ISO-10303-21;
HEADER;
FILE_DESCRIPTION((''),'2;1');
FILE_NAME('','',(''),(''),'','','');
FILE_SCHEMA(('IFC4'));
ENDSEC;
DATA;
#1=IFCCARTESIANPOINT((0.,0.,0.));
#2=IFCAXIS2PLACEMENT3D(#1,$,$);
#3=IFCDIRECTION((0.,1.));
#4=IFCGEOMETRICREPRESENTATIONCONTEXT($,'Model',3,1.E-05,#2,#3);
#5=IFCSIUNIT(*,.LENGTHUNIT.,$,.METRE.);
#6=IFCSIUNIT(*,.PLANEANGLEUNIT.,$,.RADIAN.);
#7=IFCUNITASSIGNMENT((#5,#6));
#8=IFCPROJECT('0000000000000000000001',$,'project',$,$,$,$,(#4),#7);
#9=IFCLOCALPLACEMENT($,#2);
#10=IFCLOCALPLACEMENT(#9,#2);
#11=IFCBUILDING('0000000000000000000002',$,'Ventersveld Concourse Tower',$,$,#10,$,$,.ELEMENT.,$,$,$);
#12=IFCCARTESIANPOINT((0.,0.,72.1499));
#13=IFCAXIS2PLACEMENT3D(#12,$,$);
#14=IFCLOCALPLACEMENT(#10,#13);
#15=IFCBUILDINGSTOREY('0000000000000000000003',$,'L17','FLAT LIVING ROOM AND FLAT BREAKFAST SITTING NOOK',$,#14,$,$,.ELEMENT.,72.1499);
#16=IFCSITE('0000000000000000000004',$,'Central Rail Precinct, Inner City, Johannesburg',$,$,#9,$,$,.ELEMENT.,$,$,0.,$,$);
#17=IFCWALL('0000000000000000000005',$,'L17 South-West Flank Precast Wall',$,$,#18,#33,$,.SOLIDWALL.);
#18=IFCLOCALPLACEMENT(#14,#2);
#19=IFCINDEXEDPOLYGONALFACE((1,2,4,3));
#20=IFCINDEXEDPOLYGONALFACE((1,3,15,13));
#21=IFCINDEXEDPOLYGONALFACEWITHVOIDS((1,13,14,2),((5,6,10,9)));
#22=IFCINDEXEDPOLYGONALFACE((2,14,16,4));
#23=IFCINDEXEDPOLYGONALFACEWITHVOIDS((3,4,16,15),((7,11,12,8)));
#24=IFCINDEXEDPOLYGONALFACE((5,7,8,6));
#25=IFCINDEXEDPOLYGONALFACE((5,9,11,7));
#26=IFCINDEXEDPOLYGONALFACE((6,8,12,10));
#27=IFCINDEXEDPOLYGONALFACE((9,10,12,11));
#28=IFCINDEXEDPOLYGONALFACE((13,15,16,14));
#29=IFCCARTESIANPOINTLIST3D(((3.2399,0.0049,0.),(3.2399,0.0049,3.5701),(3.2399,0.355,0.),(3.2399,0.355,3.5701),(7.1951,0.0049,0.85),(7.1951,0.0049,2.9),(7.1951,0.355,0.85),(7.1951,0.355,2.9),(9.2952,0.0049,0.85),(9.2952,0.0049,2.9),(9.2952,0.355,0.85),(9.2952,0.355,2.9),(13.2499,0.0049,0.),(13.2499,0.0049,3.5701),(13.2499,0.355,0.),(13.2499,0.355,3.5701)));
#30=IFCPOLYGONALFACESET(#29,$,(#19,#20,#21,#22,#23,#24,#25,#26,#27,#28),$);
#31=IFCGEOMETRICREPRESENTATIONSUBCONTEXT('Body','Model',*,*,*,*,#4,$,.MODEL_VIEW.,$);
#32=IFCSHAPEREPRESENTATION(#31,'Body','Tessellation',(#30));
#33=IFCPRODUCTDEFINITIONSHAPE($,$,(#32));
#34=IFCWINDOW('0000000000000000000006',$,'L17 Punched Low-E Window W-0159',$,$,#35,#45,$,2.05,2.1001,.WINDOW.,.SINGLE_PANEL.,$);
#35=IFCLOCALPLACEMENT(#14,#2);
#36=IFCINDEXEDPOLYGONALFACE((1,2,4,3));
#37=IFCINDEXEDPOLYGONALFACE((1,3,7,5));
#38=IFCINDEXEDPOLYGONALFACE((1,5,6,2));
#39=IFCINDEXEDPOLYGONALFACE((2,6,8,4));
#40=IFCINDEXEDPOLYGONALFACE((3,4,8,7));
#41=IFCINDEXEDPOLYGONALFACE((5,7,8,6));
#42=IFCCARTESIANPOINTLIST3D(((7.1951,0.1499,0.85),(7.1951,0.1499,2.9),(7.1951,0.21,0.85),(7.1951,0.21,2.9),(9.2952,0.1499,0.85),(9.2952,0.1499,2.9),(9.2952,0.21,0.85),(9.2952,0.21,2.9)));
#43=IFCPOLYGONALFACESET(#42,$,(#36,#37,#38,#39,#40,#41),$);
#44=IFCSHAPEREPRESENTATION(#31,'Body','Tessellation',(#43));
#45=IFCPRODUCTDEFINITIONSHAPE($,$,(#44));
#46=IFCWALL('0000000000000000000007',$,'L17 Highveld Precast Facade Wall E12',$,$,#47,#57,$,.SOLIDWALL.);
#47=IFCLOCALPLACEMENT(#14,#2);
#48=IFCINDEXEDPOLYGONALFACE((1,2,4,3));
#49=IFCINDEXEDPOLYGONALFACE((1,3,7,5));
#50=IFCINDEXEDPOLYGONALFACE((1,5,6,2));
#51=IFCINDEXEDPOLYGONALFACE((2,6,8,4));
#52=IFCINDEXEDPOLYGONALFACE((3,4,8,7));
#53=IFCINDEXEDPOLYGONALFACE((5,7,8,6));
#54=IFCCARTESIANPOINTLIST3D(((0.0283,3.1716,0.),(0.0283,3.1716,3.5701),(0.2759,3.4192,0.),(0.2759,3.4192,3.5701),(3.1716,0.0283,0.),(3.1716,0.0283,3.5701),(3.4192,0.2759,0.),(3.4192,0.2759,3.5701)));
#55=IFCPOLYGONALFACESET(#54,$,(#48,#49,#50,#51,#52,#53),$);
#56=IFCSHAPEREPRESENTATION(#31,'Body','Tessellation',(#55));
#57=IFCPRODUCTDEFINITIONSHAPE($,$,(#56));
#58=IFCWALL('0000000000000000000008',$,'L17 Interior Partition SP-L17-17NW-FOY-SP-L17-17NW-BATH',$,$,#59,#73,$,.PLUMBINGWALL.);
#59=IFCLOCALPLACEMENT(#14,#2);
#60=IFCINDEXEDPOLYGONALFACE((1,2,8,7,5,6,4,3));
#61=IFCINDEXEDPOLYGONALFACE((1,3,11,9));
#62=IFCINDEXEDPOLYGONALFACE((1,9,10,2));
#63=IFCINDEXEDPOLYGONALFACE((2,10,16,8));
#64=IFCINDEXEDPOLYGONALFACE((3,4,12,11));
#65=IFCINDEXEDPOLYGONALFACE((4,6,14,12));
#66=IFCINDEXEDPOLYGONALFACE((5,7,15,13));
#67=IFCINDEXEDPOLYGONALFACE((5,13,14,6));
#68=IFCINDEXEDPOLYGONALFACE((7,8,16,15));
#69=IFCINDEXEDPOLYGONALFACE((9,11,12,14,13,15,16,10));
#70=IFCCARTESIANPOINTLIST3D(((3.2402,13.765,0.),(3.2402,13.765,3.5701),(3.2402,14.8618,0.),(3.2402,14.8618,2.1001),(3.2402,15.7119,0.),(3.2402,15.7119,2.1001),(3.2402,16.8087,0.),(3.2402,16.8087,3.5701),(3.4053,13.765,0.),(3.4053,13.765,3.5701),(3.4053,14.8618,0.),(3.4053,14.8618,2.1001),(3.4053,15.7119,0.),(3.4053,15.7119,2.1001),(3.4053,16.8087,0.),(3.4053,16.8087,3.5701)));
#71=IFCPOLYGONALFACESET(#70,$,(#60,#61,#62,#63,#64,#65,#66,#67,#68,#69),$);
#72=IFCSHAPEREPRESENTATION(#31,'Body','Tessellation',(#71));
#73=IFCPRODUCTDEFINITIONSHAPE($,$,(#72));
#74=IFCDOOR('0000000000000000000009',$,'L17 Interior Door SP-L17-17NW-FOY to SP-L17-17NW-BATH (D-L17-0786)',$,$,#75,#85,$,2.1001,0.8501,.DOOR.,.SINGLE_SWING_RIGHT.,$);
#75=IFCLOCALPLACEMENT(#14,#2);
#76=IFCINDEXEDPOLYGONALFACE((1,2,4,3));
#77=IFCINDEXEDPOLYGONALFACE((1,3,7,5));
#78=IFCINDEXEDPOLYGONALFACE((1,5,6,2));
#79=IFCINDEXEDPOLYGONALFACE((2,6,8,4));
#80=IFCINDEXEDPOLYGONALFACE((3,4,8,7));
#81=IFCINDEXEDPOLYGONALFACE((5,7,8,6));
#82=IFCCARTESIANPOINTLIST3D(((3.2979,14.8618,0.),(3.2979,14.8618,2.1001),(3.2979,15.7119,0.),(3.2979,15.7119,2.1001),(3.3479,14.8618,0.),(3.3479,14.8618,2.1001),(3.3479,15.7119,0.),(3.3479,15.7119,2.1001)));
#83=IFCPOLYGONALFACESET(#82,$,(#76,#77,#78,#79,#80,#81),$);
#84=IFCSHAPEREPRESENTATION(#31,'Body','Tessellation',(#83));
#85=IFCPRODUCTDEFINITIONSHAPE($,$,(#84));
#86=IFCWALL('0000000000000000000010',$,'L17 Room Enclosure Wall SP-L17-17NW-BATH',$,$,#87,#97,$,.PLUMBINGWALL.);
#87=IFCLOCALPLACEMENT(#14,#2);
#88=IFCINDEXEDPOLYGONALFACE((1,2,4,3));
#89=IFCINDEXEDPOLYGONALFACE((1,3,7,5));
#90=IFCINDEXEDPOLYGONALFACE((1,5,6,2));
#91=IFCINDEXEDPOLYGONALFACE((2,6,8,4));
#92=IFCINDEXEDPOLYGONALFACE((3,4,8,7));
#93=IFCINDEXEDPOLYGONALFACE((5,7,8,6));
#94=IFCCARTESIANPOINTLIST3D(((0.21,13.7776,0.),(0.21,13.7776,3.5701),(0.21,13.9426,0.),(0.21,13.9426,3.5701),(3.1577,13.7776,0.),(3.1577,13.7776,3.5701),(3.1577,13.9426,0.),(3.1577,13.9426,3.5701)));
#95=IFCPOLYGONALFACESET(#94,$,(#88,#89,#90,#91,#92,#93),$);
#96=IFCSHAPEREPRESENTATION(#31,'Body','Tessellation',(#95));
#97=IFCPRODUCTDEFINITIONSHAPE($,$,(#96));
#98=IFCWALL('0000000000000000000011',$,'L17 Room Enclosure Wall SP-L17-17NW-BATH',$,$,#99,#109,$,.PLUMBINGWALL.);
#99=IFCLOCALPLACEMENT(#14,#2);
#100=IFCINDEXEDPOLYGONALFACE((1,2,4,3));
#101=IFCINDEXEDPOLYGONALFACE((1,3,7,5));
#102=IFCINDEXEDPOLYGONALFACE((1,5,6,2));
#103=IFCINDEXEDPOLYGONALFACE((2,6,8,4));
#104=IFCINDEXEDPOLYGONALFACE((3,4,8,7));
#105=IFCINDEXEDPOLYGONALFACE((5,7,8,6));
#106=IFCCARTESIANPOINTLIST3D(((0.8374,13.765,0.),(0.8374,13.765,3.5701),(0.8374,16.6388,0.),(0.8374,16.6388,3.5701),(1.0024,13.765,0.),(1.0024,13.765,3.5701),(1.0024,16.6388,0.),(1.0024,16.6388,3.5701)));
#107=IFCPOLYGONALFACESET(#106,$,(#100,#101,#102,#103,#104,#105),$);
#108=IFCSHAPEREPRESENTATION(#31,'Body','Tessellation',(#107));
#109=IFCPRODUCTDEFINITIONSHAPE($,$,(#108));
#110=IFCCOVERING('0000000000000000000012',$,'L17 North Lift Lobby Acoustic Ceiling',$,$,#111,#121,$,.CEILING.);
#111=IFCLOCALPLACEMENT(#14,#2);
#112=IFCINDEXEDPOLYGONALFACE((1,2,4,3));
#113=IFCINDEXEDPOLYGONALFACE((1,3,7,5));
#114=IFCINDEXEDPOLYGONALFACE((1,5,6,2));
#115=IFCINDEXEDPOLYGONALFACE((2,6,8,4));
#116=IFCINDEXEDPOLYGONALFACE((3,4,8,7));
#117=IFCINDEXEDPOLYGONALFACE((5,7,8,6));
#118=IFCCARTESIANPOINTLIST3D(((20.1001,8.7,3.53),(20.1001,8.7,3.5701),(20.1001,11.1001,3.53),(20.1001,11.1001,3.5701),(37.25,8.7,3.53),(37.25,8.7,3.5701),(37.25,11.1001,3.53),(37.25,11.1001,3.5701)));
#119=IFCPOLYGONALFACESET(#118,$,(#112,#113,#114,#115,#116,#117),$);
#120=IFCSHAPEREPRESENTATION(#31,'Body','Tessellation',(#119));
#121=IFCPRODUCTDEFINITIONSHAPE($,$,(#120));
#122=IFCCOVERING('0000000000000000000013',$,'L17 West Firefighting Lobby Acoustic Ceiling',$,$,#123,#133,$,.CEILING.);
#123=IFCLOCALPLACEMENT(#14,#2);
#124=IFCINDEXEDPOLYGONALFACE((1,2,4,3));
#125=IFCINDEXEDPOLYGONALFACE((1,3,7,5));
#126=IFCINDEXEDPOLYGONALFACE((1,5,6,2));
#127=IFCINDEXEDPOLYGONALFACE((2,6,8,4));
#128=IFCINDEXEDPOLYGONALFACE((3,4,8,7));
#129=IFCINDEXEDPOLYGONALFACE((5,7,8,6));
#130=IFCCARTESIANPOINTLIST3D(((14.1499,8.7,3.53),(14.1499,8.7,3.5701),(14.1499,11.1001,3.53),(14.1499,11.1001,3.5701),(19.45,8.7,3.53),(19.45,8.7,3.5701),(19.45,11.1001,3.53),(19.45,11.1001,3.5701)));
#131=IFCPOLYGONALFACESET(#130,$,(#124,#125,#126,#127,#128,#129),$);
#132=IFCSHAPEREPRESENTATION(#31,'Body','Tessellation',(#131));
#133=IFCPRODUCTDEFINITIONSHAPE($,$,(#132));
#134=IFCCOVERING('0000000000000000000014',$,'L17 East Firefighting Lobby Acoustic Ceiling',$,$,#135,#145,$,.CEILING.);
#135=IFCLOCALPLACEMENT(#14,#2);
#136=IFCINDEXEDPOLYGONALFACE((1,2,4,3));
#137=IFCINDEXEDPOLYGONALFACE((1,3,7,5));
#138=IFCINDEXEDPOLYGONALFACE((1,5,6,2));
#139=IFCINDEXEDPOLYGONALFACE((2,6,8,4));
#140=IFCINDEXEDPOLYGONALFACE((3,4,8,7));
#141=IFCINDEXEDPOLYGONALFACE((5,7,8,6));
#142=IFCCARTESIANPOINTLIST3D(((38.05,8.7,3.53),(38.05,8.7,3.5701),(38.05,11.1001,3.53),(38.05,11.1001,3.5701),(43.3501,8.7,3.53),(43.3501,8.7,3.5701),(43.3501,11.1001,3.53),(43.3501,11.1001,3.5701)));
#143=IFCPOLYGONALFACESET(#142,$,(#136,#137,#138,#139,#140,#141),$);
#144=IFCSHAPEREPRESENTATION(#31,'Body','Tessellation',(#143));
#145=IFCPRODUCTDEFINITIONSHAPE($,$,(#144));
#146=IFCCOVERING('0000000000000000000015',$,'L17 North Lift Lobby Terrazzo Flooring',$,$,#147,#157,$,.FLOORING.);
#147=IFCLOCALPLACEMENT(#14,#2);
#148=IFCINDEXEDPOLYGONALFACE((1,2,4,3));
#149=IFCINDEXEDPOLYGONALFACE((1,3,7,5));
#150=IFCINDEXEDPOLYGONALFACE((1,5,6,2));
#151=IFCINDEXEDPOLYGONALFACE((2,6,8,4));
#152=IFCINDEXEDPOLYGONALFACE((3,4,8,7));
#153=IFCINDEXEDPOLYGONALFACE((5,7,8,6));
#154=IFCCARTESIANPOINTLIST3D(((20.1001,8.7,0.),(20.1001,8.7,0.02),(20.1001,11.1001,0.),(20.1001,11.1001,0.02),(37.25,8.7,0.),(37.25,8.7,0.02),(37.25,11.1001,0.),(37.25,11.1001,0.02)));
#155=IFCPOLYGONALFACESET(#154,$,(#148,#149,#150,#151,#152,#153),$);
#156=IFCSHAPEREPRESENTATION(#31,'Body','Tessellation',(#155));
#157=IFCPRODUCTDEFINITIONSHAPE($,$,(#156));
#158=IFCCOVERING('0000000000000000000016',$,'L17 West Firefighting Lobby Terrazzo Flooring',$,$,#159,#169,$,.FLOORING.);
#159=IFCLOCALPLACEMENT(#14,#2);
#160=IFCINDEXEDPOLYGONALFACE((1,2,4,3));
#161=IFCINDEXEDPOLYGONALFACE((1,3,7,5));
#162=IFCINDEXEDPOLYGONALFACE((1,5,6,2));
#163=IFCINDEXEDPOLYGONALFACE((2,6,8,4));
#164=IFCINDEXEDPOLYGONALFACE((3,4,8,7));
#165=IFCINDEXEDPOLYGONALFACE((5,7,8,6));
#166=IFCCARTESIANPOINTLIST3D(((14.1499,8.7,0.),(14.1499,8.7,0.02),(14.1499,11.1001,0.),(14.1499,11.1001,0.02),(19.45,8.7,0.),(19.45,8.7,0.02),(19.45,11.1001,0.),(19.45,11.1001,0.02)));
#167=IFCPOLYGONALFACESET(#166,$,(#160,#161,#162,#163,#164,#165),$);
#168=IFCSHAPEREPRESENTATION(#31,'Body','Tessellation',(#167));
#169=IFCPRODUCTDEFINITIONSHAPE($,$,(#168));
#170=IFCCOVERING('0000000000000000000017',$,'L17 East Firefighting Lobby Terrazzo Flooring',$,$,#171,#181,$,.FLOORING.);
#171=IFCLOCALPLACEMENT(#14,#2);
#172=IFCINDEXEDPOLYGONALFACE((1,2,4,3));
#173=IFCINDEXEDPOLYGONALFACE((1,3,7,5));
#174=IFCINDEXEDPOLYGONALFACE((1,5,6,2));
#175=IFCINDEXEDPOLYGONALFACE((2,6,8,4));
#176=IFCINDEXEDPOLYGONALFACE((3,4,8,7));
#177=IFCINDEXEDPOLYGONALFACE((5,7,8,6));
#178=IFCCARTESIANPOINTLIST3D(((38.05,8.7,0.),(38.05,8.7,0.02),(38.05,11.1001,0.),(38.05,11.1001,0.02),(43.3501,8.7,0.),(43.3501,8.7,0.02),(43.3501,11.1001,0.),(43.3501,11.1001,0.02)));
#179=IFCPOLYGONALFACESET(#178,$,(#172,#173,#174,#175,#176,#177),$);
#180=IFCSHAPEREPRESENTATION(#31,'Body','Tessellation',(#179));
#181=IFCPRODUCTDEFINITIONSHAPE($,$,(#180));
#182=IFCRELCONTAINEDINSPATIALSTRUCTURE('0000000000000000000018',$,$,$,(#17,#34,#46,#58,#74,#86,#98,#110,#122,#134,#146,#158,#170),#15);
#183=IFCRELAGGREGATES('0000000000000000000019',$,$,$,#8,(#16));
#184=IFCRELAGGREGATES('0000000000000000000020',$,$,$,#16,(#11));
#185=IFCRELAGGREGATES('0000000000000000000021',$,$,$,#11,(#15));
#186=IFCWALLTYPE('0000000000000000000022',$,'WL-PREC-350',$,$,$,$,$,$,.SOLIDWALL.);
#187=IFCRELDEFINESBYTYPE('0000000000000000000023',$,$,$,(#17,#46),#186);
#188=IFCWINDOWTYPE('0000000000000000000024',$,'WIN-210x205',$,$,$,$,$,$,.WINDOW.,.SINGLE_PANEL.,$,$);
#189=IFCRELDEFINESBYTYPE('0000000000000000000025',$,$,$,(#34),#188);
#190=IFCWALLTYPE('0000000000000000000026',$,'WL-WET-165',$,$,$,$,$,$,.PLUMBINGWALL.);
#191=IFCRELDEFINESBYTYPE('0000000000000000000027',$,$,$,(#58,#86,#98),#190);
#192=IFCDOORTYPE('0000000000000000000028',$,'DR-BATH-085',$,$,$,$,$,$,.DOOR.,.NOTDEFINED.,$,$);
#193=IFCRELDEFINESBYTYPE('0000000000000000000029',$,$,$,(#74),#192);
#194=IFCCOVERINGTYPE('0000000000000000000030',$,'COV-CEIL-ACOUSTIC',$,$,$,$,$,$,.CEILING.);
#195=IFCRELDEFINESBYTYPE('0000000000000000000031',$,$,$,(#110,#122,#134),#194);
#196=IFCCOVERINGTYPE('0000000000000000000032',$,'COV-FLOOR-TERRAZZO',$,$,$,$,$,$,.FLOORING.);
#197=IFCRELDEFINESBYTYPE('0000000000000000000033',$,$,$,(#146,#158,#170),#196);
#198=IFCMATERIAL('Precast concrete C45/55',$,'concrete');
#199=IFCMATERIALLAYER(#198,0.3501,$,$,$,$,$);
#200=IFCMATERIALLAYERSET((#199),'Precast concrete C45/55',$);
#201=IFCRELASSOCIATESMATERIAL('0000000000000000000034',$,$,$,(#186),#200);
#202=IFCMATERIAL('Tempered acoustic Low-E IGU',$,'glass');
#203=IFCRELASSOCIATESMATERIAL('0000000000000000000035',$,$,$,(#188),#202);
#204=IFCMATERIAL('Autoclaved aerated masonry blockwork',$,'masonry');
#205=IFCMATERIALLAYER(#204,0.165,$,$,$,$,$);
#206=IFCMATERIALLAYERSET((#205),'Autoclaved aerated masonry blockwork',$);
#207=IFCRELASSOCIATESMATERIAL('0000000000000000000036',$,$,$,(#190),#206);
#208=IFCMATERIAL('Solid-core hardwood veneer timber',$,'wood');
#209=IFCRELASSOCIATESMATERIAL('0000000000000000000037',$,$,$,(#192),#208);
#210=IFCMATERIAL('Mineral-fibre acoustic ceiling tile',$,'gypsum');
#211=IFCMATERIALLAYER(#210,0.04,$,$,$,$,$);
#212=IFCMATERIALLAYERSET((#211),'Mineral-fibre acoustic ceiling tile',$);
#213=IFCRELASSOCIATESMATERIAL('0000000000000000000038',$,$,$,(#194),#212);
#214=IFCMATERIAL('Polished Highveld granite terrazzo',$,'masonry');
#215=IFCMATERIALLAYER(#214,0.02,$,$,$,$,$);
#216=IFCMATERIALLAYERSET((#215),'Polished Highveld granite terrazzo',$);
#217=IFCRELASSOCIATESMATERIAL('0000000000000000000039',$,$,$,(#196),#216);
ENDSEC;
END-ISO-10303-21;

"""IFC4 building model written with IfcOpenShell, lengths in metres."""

from ifc_helpers import new_model, si_unit, direction, frame, frame_2d, origin, place, context, subcontext, project, spatial, polyline, rectangle, outline, extrude, material, layer, layer_set, type_object, element, fill, save


model = new_model("IFC4")

# Units and contexts
model_context = context("Model", 3, precision=1e-05, world=origin(), true_north=direction((0.0, 1.0)))
body_context = subcontext(model_context, "Body", "Model", "MODEL_VIEW")
ifc_project = project(units=[si_unit("LENGTHUNIT", "METRE"), si_unit("PLANEANGLEUNIT", "RADIAN")], contexts=[model_context])

# Site, building, storey
site_placement = place(None, origin())
site = spatial("IfcSite", under=ifc_project, at=site_placement, Name="Central Rail Precinct, Inner City, Johannesburg", CompositionType="ELEMENT", RefElevation=0.0)
building_placement = place(site_placement, origin())
building = spatial("IfcBuilding", under=site, at=building_placement, Name="Ventersveld Concourse Tower", CompositionType="ELEMENT")
storey_placement = place(building_placement, frame((0.0, 0.0, 72.1499)))
storey = spatial("IfcBuildingStorey", under=building, at=storey_placement, Name="L17", Description="FLAT LIVING ROOM AND FLAT BREAKFAST SITTING NOOK", CompositionType="ELEMENT", Elevation=72.1499)

# Wall, opening, window
ifc_material_1 = material(Name="Precast concrete C45/55", Category="concrete")
ifc_layer_1 = layer(ifc_material_1, 0.3501)
ifc_layer_set_1 = layer_set([ifc_layer_1], Name="Precast concrete C45/55")
wall_type_1 = type_object("IfcWallType", Name="WL-PREC-350", PredefinedType="SOLIDWALL", material=ifc_layer_set_1)
wall_1_placement = place(storey_placement, frame((3.24, 0.1799, 0.0), z_axis=(0.0, 0.0, 1.0), x_axis=(1.0, 0.0, 0.0)))
wall_1 = element("IfcWall", 1, at=wall_1_placement, inside=storey, type_object=wall_type_1, Name="L17 South-West Flank Precast Wall", PredefinedType="SOLIDWALL", context=body_context, shape_type="SweptSolid", body=[
    extrude(rectangle(XDim=10.01, YDim=0.3501, at=frame_2d((5.0049, 0.0))), origin(), (0.0, 0.0, 1.0), 3.5701),
])
opening_1_placement = place(wall_1_placement, frame((3.9551, 0.0, 0.8501)))
opening_1 = element("IfcOpeningElement", 2, at=opening_1_placement, cuts=wall_1, PredefinedType="OPENING", context=body_context, shape_type="SweptSolid", body=[
    extrude(rectangle(XDim=2.1001, YDim=2.05, at=frame_2d((1.05, 1.0249))), frame((0.0, 0.1851, 0.0), z_axis=(0.0, -1.0, 0.0), x_axis=(1.0, 0.0, 0.0)), (0.0, 0.0, 1.0), 0.3701),
])
ifc_material_2 = material(Name="Tempered acoustic Low-E IGU", Category="glass")
window_type = type_object("IfcWindowType", Name="WIN-210x205", PartitioningType="SINGLE_PANEL", PredefinedType="WINDOW", material=ifc_material_2)
window_placement = place(opening_1_placement, origin())
window = element("IfcWindow", 3, at=window_placement, inside=storey, type_object=window_type, Name="L17 Punched Low-E Window W-0159", OverallHeight=2.05, OverallWidth=2.1001, PartitioningType="SINGLE_PANEL", PredefinedType="WINDOW", context=body_context, shape_type="SweptSolid", body=[
    extrude(rectangle(XDim=2.1001, YDim=2.05, at=frame_2d((1.05, 1.0249))), frame((0.0, 0.03, 0.0), z_axis=(0.0, -1.0, 0.0), x_axis=(1.0, 0.0, 0.0)), (0.0, 0.0, 1.0), 0.0601),
])
fill(opening_1, window)

# Wall
wall_2_placement = place(storey_placement, frame((0.1521, 3.2954, 0.0), z_axis=(0.0, 0.0, 1.0), x_axis=(0.707107, -0.707107, 0.0)))
element("IfcWall", 4, at=wall_2_placement, inside=storey, type_object=wall_type_1, Name="L17 Highveld Precast Facade Wall E12", PredefinedType="SOLIDWALL", context=body_context, shape_type="SweptSolid", body=[
    extrude(rectangle(XDim=4.4453, YDim=0.3501, at=frame_2d((2.2227, 0.0))), origin(), (0.0, 0.0, 1.0), 3.5701),
])

# Wall, opening, door
ifc_material_3 = material(Name="Autoclaved aerated masonry blockwork", Category="masonry")
ifc_layer_2 = layer(ifc_material_3, 0.165)
ifc_layer_set_2 = layer_set([ifc_layer_2], Name="Autoclaved aerated masonry blockwork")
wall_type_2 = type_object("IfcWallType", Name="WL-WET-165", PredefinedType="PLUMBINGWALL", material=ifc_layer_set_2)
wall_3_placement = place(storey_placement, frame((3.3228, 13.7649, 0.0), z_axis=(0.0, 0.0, 1.0), x_axis=(0.0, 1.0, 0.0)))
wall_3 = element("IfcWall", 5, at=wall_3_placement, inside=storey, type_object=wall_type_2, Name="L17 Interior Partition SP-L17-17NW-FOY-SP-L17-17NW-BATH", PredefinedType="PLUMBINGWALL", context=body_context, shape_type="SweptSolid", body=[
    extrude(rectangle(XDim=3.0437, YDim=0.165, at=frame_2d((1.522, 0.0))), origin(), (0.0, 0.0, 1.0), 3.5701),
])
opening_2_placement = place(wall_3_placement, frame((1.0969, 0.0, 0.0)))
opening_2 = element("IfcOpeningElement", 6, at=opening_2_placement, cuts=wall_3, PredefinedType="OPENING", context=body_context, shape_type="SweptSolid", body=[
    extrude(rectangle(XDim=0.8501, YDim=2.1001, at=frame_2d((0.425, 1.05))), frame((0.0, 0.0925, 0.0), z_axis=(0.0, -1.0, 0.0), x_axis=(1.0, 0.0, 0.0)), (0.0, 0.0, 1.0), 0.1851),
])
ifc_material_4 = material(Name="Solid-core hardwood veneer timber", Category="wood")
door_type = type_object("IfcDoorType", Name="DR-BATH-085", OperationType="NOTDEFINED", PredefinedType="DOOR", material=ifc_material_4)
door_placement = place(opening_2_placement, origin())
door = element("IfcDoor", 7, at=door_placement, inside=storey, type_object=door_type, Name="L17 Interior Door SP-L17-17NW-FOY to SP-L17-17NW-BATH (D-L17-0786)", OperationType="SINGLE_SWING_RIGHT", OverallHeight=2.1001, OverallWidth=0.8501, PredefinedType="DOOR", context=body_context, shape_type="SweptSolid", body=[
    extrude(rectangle(XDim=0.8501, YDim=2.1001, at=frame_2d((0.425, 1.05))), frame((0.0, 0.0249, 0.0), z_axis=(0.0, -1.0, 0.0), x_axis=(1.0, 0.0, 0.0)), (0.0, 0.0, 1.0), 0.05),
])
fill(opening_2, door)

# Walls
wall_4_placement = place(storey_placement, frame((3.1577, 13.8601, 0.0), z_axis=(0.0, 0.0, 1.0), x_axis=(-1.0, 0.0, 0.0)))
element("IfcWall", 8, at=wall_4_placement, inside=storey, type_object=wall_type_2, Name="L17 Room Enclosure Wall SP-L17-17NW-BATH", PredefinedType="PLUMBINGWALL", context=body_context, shape_type="SweptSolid", body=[
    extrude(rectangle(XDim=2.9478, YDim=0.165, at=frame_2d((1.4739, 0.0))), origin(), (0.0, 0.0, 1.0), 3.5701),
])
wall_5_placement = place(storey_placement, frame((0.9199, 13.7649, 0.0), z_axis=(0.0, 0.0, 1.0), x_axis=(0.0, 1.0, 0.0)))
element("IfcWall", 9, at=wall_5_placement, inside=storey, type_object=wall_type_2, Name="L17 Room Enclosure Wall SP-L17-17NW-BATH", PredefinedType="PLUMBINGWALL", context=body_context, shape_type="SweptSolid", body=[
    extrude(rectangle(XDim=2.8738, YDim=0.165, at=frame_2d((1.437, 0.0))), origin(), (0.0, 0.0, 1.0), 3.5701),
])

# Coverings
ifc_material_5 = material(Name="Mineral-fibre acoustic ceiling tile", Category="gypsum")
ifc_layer_3 = layer(ifc_material_5, 0.04)
ifc_layer_set_3 = layer_set([ifc_layer_3], Name="Mineral-fibre acoustic ceiling tile")
covering_type_1 = type_object("IfcCoveringType", Name="COV-CEIL-ACOUSTIC", PredefinedType="CEILING", material=ifc_layer_set_3)
covering_1_placement = place(storey_placement, frame((0.0, 0.0, 3.53)))
element("IfcCovering", 10, at=covering_1_placement, inside=storey, type_object=covering_type_1, Name="L17 North Lift Lobby Acoustic Ceiling", PredefinedType="CEILING", context=body_context, shape_type="SweptSolid", body=[
    extrude(outline(polyline([(20.1001, 8.7), (37.25, 8.7), (37.25, 11.1001), (20.1001, 11.1001), (20.1001, 8.7)])), origin(), (0.0, 0.0, 1.0), 0.04),
])
covering_2_placement = place(storey_placement, frame((0.0, 0.0, 3.53)))
element("IfcCovering", 11, at=covering_2_placement, inside=storey, type_object=covering_type_1, Name="L17 West Firefighting Lobby Acoustic Ceiling", PredefinedType="CEILING", context=body_context, shape_type="SweptSolid", body=[
    extrude(outline(polyline([(14.1499, 8.7), (19.45, 8.7), (19.45, 11.1001), (14.1499, 11.1001), (14.1499, 8.7)])), origin(), (0.0, 0.0, 1.0), 0.04),
])
covering_3_placement = place(storey_placement, frame((0.0, 0.0, 3.53)))
element("IfcCovering", 12, at=covering_3_placement, inside=storey, type_object=covering_type_1, Name="L17 East Firefighting Lobby Acoustic Ceiling", PredefinedType="CEILING", context=body_context, shape_type="SweptSolid", body=[
    extrude(outline(polyline([(38.05, 8.7), (43.3501, 8.7), (43.3501, 11.1001), (38.05, 11.1001), (38.05, 8.7)])), origin(), (0.0, 0.0, 1.0), 0.04),
])
ifc_material_6 = material(Name="Polished Highveld granite terrazzo", Category="masonry")
ifc_layer_4 = layer(ifc_material_6, 0.02)
ifc_layer_set_4 = layer_set([ifc_layer_4], Name="Polished Highveld granite terrazzo")
covering_type_2 = type_object("IfcCoveringType", Name="COV-FLOOR-TERRAZZO", PredefinedType="FLOORING", material=ifc_layer_set_4)
covering_4_placement = place(storey_placement, origin())
element("IfcCovering", 13, at=covering_4_placement, inside=storey, type_object=covering_type_2, Name="L17 North Lift Lobby Terrazzo Flooring", PredefinedType="FLOORING", context=body_context, shape_type="SweptSolid", body=[
    extrude(outline(polyline([(20.1001, 8.7), (37.25, 8.7), (37.25, 11.1001), (20.1001, 11.1001), (20.1001, 8.7)])), origin(), (0.0, 0.0, 1.0), 0.02),
])
covering_5_placement = place(storey_placement, origin())
element("IfcCovering", 14, at=covering_5_placement, inside=storey, type_object=covering_type_2, Name="L17 West Firefighting Lobby Terrazzo Flooring", PredefinedType="FLOORING", context=body_context, shape_type="SweptSolid", body=[
    extrude(outline(polyline([(14.1499, 8.7), (19.45, 8.7), (19.45, 11.1001), (14.1499, 11.1001), (14.1499, 8.7)])), origin(), (0.0, 0.0, 1.0), 0.02),
])
covering_6_placement = place(storey_placement, origin())
element("IfcCovering", 15, at=covering_6_placement, inside=storey, type_object=covering_type_2, Name="L17 East Firefighting Lobby Terrazzo Flooring", PredefinedType="FLOORING", context=body_context, shape_type="SweptSolid", body=[
    extrude(outline(polyline([(38.05, 8.7), (43.3501, 8.7), (43.3501, 11.1001), (38.05, 11.1001), (38.05, 8.7)])), origin(), (0.0, 0.0, 1.0), 0.02),
])

save(model, "model.ifc")
